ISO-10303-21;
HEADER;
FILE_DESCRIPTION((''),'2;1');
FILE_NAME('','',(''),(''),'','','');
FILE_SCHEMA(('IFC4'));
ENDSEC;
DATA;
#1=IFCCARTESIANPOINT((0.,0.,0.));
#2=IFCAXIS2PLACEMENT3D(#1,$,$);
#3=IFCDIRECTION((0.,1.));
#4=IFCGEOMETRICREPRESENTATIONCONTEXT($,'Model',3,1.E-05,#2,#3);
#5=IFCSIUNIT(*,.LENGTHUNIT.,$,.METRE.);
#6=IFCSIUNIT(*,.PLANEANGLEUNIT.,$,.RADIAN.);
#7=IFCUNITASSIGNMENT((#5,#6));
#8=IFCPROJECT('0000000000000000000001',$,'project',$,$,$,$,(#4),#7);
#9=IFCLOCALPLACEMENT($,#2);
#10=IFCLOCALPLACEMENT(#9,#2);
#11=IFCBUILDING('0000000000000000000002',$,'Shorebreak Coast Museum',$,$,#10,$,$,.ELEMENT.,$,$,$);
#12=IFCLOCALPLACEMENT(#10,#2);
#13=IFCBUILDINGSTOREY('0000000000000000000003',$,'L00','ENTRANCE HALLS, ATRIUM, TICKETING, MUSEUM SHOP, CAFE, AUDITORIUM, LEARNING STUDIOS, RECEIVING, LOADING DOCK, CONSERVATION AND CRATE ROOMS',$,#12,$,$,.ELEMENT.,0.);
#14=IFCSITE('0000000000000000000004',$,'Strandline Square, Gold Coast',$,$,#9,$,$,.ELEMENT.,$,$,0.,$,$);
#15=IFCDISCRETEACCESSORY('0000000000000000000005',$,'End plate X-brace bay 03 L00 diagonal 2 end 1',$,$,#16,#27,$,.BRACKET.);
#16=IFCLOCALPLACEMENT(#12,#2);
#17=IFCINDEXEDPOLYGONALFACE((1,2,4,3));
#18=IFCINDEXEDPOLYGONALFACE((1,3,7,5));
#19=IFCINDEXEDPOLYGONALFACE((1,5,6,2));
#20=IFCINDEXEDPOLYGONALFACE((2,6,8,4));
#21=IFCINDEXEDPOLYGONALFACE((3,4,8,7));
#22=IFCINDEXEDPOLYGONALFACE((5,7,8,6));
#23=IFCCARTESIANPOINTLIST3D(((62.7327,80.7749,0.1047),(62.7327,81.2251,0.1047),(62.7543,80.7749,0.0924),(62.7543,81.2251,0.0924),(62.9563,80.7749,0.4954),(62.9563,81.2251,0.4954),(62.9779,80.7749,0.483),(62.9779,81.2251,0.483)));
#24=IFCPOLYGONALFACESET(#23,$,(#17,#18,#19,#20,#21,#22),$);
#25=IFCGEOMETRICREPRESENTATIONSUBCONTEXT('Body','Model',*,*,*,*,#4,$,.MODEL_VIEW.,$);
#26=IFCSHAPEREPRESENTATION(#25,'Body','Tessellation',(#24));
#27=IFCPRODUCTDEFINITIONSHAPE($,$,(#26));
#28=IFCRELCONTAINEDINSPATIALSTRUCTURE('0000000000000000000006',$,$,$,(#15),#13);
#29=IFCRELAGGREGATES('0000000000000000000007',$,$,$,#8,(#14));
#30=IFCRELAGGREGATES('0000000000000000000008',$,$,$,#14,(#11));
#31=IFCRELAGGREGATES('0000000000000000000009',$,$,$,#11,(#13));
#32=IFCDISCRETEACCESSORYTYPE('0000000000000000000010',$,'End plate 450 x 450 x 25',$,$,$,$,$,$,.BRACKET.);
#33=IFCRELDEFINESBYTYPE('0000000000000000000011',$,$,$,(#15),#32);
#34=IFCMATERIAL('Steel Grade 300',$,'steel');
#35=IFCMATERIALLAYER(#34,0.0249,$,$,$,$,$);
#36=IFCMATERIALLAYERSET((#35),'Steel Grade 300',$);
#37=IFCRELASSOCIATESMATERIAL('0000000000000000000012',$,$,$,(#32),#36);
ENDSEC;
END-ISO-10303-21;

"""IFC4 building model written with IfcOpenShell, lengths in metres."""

from ifc_helpers import new_model, si_unit, direction, frame, origin, place, context, subcontext, project, spatial, polyline, outline, extrude, material, layer, layer_set, type_object, element, save


model = new_model("IFC4")

# Units and contexts
model_context = context("Model", 3, precision=1e-05, world=origin(), true_north=direction((0.0, 1.0)))
body_context = subcontext(model_context, "Body", "Model", "MODEL_VIEW")
ifc_project = project(units=[si_unit("LENGTHUNIT", "METRE"), si_unit("PLANEANGLEUNIT", "RADIAN")], contexts=[model_context])

# Site, building, storey
site_placement = place(None, origin())
site = spatial("IfcSite", under=ifc_project, at=site_placement, Name="Strandline Square, Gold Coast", CompositionType="ELEMENT", RefElevation=0.0)
building_placement = place(site_placement, origin())
building = spatial("IfcBuilding", under=site, at=building_placement, Name="Shorebreak Coast Museum", CompositionType="ELEMENT")
storey_placement = place(building_placement, origin())
storey = spatial("IfcBuildingStorey", under=building, at=storey_placement, Name="L00", Description="ENTRANCE HALLS, ATRIUM, TICKETING, MUSEUM SHOP, CAFE, AUDITORIUM, LEARNING STUDIOS, RECEIVING, LOADING DOCK, CONSERVATION AND CRATE ROOMS", CompositionType="ELEMENT", Elevation=0.0)

# Discrete accessory
ifc_material_1 = material(Name="Steel Grade 300", Category="steel")
ifc_layer_1 = layer(ifc_material_1, 0.0249)
ifc_layer_set_1 = layer_set([ifc_layer_1], Name="Steel Grade 300")
discrete_accessory_type = type_object("IfcDiscreteAccessoryType", Name="End plate 450 x 450 x 25", PredefinedType="BRACKET", material=ifc_layer_set_1)
discrete_accessory_placement = place(storey_placement, frame((62.7327, 81.2251, 0.1047), z_axis=(-0.867842, 0.0, 0.49684), x_axis=(0.0, -1.0, 0.0)))
element("IfcDiscreteAccessory", 1, at=discrete_accessory_placement, inside=storey, type_object=discrete_accessory_type, Name="End plate X-brace bay 03 L00 diagonal 2 end 1", PredefinedType="BRACKET", context=body_context, shape_type="SweptSolid", body=[
    extrude(outline(polyline([(0.0, 0.0), (0.4502, 0.0), (0.4502, 0.4501), (0.0, 0.4501), (0.0, 0.0)])), origin(), (0.0, 0.0, -1.0), 0.0249),
])

save(model, "model.ifc")
